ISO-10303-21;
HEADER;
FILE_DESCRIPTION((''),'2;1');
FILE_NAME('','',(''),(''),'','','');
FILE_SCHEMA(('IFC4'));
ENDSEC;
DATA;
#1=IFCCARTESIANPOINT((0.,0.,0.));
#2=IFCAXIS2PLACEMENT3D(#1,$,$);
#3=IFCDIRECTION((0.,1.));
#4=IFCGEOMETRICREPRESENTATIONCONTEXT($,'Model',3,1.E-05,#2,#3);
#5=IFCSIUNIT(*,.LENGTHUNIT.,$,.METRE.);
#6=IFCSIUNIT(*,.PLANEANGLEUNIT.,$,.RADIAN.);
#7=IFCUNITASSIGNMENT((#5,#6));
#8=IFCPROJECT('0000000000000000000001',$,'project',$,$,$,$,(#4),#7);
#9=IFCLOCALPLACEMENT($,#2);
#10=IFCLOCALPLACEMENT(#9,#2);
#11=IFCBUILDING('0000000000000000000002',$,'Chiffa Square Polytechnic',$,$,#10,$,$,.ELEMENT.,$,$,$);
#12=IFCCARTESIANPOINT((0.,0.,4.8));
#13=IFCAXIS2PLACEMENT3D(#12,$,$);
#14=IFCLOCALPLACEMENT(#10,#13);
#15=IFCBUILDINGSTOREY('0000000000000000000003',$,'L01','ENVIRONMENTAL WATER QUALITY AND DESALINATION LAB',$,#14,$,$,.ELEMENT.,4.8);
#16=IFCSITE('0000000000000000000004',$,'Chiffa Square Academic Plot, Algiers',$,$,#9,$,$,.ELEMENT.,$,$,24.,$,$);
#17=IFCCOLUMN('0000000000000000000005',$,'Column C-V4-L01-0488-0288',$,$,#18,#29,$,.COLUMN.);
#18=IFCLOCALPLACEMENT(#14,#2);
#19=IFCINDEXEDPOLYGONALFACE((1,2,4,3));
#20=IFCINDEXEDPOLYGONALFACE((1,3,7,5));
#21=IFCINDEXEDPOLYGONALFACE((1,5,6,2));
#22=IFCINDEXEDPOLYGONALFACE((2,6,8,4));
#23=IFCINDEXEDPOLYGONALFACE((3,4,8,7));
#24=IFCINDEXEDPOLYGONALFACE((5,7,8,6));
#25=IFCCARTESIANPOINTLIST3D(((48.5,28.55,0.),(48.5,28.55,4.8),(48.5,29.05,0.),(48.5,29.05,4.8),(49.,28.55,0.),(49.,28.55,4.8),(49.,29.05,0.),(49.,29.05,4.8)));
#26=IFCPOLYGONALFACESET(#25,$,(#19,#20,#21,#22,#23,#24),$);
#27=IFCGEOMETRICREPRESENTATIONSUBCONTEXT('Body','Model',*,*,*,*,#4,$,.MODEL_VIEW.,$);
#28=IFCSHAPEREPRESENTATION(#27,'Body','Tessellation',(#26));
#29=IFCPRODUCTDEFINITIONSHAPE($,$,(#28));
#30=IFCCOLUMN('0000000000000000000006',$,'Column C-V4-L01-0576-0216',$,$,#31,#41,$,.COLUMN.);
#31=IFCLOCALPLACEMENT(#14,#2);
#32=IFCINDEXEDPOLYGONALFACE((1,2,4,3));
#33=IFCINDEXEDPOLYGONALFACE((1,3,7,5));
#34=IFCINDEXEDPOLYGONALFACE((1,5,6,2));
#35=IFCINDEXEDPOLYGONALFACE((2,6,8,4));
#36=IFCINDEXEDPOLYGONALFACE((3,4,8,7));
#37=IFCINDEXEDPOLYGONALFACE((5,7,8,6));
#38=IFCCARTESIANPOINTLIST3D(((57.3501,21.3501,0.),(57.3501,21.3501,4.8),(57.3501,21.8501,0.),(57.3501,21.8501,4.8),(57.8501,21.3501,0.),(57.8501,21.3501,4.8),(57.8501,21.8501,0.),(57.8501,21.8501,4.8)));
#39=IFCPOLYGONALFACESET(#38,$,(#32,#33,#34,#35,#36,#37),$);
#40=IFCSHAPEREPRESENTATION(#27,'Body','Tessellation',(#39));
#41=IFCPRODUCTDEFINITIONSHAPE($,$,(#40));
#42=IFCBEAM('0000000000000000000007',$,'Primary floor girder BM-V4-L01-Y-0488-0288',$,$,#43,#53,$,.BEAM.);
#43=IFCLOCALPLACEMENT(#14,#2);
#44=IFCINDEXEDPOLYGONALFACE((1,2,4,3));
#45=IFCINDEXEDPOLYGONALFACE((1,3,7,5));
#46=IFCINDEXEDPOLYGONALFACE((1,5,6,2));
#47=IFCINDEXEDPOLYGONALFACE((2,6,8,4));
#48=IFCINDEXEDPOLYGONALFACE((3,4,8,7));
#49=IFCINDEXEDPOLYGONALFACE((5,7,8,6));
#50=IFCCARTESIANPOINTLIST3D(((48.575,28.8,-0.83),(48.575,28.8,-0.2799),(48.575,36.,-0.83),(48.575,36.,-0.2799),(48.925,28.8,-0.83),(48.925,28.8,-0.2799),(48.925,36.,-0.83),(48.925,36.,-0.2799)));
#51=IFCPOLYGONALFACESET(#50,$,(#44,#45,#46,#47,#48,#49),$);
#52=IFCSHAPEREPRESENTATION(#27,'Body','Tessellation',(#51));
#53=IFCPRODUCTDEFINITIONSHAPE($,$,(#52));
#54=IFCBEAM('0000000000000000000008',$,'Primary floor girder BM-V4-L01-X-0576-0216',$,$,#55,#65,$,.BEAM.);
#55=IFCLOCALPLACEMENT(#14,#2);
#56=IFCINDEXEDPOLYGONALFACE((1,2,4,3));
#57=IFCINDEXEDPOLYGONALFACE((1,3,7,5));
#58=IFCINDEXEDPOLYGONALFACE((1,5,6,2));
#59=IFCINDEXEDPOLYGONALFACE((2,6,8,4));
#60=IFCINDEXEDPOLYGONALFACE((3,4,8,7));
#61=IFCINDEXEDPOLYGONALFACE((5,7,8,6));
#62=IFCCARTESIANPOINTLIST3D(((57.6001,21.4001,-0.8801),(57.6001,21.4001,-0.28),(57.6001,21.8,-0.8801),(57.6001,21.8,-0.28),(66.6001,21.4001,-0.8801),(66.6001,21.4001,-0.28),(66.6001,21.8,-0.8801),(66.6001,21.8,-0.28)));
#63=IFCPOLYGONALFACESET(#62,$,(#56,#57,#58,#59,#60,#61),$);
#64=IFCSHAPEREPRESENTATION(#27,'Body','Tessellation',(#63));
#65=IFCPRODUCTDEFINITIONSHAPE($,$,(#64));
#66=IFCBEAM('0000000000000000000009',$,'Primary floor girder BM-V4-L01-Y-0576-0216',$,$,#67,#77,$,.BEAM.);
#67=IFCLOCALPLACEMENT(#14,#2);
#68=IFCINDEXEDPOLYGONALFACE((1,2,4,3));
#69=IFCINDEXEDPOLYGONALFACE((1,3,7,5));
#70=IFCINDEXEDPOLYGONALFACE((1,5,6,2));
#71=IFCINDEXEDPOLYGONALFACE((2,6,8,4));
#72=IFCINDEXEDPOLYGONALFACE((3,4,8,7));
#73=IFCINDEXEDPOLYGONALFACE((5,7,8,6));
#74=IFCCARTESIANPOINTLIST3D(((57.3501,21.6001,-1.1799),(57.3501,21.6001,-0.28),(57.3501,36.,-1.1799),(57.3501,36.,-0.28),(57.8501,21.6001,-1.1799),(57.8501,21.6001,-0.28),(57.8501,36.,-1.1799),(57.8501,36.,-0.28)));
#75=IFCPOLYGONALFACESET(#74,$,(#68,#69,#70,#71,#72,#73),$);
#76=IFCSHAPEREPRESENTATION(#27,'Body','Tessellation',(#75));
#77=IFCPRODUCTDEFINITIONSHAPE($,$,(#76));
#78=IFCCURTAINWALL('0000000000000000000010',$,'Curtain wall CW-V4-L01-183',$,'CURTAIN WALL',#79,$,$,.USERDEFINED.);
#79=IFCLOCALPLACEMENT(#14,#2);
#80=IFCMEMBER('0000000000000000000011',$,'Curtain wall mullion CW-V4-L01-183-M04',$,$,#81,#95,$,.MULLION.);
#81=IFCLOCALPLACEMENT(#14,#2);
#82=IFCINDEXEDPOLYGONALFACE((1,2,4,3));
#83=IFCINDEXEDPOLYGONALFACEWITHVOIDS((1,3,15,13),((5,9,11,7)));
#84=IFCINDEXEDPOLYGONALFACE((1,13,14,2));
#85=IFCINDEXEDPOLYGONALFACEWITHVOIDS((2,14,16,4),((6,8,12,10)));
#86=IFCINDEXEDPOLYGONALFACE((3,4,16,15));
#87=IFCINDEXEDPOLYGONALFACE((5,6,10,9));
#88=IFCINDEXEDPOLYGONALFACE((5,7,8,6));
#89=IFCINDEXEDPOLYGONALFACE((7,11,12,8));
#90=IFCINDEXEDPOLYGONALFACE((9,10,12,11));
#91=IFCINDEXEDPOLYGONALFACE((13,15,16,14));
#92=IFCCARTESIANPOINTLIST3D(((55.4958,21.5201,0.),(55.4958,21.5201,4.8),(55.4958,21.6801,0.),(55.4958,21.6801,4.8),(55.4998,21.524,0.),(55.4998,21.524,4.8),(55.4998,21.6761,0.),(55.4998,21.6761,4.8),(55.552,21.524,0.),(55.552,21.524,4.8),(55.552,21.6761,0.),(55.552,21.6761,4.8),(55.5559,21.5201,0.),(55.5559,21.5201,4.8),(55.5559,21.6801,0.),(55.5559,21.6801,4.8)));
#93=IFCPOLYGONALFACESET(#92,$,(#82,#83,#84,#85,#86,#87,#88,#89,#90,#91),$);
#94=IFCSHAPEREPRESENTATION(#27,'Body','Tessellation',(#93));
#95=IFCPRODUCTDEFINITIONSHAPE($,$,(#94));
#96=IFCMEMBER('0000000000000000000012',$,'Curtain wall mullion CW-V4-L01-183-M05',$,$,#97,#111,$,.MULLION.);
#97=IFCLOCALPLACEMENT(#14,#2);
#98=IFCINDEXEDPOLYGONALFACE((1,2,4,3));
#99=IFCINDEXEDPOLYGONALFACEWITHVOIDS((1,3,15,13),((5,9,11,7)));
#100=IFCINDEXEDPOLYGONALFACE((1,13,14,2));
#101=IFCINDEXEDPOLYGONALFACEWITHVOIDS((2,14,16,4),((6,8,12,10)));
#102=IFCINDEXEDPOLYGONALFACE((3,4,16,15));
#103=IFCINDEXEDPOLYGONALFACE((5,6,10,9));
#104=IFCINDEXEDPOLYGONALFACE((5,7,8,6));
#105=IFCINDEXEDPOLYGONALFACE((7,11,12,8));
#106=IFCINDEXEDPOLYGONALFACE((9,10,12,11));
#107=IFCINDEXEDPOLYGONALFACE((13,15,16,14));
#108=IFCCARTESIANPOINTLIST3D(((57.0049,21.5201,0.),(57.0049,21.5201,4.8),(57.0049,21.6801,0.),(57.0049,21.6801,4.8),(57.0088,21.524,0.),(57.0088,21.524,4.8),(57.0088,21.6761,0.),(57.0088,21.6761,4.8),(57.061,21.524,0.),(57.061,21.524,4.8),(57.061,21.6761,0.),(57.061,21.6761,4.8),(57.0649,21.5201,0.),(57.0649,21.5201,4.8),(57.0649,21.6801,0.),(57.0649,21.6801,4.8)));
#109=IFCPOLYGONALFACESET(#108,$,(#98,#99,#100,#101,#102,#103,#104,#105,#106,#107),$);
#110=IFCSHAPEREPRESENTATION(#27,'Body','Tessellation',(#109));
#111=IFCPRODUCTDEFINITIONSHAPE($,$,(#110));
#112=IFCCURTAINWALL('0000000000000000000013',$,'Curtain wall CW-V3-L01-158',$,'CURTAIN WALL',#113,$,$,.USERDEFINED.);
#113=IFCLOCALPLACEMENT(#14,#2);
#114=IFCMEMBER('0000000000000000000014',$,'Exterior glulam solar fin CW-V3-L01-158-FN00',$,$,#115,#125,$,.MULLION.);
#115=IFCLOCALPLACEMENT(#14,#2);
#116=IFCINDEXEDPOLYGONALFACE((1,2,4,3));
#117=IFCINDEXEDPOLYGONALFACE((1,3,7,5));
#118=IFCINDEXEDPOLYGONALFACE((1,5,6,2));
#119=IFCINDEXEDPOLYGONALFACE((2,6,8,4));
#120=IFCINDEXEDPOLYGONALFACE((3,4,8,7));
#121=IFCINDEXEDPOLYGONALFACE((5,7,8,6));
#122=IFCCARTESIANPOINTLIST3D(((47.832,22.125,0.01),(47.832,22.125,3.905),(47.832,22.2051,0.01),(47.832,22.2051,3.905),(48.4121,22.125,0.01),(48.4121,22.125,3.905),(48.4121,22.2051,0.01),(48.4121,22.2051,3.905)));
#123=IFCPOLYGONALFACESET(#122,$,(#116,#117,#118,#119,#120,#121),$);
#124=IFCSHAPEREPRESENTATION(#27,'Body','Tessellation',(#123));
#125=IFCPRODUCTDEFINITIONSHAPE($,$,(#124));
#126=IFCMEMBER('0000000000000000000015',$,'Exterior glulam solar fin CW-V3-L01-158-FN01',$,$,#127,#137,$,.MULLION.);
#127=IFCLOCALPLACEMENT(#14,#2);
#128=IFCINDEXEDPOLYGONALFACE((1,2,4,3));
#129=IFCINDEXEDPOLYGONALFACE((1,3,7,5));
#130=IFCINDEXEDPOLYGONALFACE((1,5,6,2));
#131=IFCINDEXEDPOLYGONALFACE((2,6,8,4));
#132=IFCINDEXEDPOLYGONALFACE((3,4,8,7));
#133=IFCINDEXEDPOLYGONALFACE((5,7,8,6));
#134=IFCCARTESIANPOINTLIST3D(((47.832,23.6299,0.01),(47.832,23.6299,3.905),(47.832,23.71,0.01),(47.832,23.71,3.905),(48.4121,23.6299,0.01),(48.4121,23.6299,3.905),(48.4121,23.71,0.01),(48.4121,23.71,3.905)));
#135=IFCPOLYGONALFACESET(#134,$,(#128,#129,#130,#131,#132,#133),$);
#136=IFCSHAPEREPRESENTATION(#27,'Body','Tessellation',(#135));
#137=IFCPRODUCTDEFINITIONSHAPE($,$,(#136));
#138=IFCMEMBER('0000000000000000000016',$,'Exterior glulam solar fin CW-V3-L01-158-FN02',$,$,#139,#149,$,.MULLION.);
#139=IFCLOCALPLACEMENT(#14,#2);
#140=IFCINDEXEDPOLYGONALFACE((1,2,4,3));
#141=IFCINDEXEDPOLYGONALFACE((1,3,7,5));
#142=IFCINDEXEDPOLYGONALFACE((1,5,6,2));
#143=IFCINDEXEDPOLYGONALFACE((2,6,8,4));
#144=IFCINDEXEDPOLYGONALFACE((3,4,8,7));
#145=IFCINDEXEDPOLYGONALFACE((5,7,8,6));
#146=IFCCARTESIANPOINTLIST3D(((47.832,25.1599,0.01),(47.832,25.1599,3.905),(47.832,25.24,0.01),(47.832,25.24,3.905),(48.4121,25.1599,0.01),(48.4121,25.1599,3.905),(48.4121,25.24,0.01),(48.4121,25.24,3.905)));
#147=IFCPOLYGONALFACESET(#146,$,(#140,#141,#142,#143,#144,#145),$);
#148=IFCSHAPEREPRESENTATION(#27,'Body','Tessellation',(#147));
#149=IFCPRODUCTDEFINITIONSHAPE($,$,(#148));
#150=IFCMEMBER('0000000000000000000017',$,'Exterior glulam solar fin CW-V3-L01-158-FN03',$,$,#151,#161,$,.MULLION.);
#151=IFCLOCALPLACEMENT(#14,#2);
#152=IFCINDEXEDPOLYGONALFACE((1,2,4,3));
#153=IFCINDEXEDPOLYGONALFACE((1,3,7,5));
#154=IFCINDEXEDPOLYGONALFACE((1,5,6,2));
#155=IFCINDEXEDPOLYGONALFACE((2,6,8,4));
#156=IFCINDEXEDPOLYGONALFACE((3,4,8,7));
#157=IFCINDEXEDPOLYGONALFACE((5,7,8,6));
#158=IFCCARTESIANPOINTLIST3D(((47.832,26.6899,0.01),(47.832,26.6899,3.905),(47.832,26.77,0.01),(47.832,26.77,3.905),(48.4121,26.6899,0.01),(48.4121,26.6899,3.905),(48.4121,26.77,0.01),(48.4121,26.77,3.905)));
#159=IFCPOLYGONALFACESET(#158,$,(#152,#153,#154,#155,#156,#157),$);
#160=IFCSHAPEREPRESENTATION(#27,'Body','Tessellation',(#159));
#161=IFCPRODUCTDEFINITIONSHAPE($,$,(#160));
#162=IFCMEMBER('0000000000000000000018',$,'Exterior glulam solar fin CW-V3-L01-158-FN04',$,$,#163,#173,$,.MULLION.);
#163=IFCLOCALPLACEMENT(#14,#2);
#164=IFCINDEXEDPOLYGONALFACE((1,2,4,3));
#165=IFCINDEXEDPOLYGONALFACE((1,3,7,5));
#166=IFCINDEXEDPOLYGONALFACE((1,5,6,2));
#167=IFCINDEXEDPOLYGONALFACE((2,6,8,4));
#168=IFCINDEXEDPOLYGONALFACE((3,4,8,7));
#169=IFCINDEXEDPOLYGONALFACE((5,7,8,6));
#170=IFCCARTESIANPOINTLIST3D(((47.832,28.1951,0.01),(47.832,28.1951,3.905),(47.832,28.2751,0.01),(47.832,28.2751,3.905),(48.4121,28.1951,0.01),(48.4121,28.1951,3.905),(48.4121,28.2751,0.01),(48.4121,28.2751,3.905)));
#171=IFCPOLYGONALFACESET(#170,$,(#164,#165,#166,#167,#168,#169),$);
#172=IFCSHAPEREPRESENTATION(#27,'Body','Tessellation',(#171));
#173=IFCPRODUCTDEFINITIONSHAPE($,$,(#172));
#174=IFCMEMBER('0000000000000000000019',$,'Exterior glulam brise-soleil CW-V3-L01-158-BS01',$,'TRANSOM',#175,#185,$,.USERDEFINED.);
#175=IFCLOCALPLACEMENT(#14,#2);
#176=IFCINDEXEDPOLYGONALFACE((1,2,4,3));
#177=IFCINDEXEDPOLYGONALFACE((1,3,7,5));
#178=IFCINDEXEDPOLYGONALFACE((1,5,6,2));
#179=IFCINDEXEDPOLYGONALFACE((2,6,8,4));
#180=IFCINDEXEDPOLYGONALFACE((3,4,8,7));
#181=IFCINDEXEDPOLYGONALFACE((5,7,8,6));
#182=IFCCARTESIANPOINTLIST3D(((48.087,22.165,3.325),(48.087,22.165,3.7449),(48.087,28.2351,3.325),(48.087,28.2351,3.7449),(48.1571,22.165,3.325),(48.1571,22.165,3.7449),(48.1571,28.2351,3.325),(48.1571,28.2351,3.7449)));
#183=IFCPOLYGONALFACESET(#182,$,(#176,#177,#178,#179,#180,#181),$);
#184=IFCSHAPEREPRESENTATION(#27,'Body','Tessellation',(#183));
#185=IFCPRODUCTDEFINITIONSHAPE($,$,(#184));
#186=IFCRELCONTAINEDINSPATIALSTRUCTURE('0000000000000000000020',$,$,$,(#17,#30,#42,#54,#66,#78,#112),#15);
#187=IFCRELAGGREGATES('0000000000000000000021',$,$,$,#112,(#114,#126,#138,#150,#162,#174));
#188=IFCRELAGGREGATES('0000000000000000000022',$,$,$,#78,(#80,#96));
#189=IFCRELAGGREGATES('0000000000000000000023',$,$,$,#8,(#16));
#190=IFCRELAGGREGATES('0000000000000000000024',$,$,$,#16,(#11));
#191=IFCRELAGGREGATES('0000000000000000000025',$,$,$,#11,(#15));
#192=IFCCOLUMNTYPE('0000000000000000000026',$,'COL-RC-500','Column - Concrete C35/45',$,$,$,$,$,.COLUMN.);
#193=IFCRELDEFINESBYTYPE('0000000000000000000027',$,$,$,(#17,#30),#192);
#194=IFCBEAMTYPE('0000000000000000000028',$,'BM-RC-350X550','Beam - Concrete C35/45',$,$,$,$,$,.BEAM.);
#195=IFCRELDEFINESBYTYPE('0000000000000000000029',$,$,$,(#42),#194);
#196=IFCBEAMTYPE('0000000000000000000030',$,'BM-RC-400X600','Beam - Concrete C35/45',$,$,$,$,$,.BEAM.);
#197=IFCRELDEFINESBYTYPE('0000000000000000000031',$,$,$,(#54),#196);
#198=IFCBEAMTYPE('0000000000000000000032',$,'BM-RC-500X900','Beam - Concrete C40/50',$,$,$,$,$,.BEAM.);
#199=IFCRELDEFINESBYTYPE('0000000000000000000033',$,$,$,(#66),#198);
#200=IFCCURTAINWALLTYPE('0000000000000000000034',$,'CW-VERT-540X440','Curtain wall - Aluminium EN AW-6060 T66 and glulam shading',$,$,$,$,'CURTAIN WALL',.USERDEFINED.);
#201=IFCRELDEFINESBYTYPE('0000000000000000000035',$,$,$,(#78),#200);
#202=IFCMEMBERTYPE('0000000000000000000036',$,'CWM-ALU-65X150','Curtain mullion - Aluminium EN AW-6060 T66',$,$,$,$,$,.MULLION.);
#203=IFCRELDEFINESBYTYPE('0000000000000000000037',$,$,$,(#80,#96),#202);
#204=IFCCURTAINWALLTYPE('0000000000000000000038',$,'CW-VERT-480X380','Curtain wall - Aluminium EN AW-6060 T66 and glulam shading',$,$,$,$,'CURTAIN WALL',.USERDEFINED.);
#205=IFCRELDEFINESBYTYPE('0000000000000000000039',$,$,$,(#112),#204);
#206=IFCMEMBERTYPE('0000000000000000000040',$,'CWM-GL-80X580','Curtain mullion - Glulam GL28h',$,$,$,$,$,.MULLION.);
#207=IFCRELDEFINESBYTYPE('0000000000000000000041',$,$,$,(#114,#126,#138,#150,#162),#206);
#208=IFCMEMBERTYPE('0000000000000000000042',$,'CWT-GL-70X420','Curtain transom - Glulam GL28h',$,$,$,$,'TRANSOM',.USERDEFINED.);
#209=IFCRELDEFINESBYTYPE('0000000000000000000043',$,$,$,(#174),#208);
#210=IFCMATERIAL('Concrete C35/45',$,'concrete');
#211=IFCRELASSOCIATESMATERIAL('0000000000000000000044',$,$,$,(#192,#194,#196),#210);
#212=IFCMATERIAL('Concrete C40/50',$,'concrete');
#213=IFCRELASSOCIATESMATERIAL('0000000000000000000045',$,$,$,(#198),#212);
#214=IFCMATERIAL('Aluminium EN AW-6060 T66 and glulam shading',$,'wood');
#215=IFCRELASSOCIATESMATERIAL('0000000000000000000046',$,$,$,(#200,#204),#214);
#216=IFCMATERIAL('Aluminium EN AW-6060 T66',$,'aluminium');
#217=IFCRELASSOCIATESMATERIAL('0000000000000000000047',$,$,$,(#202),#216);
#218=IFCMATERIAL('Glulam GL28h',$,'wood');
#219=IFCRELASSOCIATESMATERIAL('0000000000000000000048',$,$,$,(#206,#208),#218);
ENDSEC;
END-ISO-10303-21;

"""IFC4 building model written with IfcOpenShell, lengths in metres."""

from ifc_helpers import new_model, si_unit, direction, frame, origin, origin_2d, place, context, subcontext, project, spatial, rectangle, hollow_rectangle, extrude, material, material_profile, profile_set, type_object, element, aggregate, save


model = new_model("IFC4")

# Units and contexts
model_context = context("Model", 3, precision=1e-05, world=origin(), true_north=direction((0.0, 1.0)))
body_context = subcontext(model_context, "Body", "Model", "MODEL_VIEW")
ifc_project = project(units=[si_unit("LENGTHUNIT", "METRE"), si_unit("PLANEANGLEUNIT", "RADIAN")], contexts=[model_context])

# Site, building, storey
site_placement = place(None, origin())
site = spatial("IfcSite", under=ifc_project, at=site_placement, Name="Chiffa Square Academic Plot, Algiers", CompositionType="ELEMENT", RefElevation=24.0)
building_placement = place(site_placement, origin())
building = spatial("IfcBuilding", under=site, at=building_placement, Name="Chiffa Square Polytechnic", CompositionType="ELEMENT")
storey_placement = place(building_placement, frame((0.0, 0.0, 4.8)))
storey = spatial("IfcBuildingStorey", under=building, at=storey_placement, Name="L01", Description="ENVIRONMENTAL WATER QUALITY AND DESALINATION LAB", CompositionType="ELEMENT", Elevation=4.8)

# Columns
ifc_material_1 = material(Name="Concrete C35/45", Category="concrete")
ifc_material_profile_1 = material_profile(ifc_material_1, rectangle(XDim=0.5, YDim=0.5, at=origin_2d()), Name="RC 500x500")
ifc_profile_set_1 = profile_set([ifc_material_profile_1], Name="Concrete C35/45")
column_type = type_object("IfcColumnType", Name="COL-RC-500", Description="Column - Concrete C35/45", PredefinedType="COLUMN", material=ifc_profile_set_1)
for number, where, z_axis, x_axis, name in (
    (1, (48.75, 28.8, 0.0), (0.0, 0.0, 1.0), (1.0, 0.0, 0.0), "Column C-V4-L01-0488-0288"),
    (2, (57.6001, 21.6001, 0.0), (0.0, 0.0, 1.0), (1.0, 0.0, 0.0), "Column C-V4-L01-0576-0216"),
):
    element("IfcColumn", number, at=place(storey_placement, frame(where, z_axis=z_axis, x_axis=x_axis)), inside=storey, type_object=column_type, Name=name, PredefinedType="COLUMN", context=body_context, shape_type="SweptSolid", body=[
        extrude(rectangle(XDim=0.5, YDim=0.5, at=origin_2d()), origin(), (0.0, 0.0, 1.0), 4.8),
    ])

# Beams
ifc_material_profile_2 = material_profile(ifc_material_1, rectangle(XDim=0.3501, YDim=0.55, at=origin_2d()), Name="RC 350x550")
ifc_profile_set_2 = profile_set([ifc_material_profile_2], Name="Concrete C35/45")
beam_type_1 = type_object("IfcBeamType", Name="BM-RC-350X550", Description="Beam - Concrete C35/45", PredefinedType="BEAM", material=ifc_profile_set_2)
beam_1_placement = place(storey_placement, frame((48.75, 28.8, -0.5549), z_axis=(0.0, 1.0, 0.0), x_axis=(-1.0, 0.0, 0.0)))
element("IfcBeam", 3, at=beam_1_placement, inside=storey, type_object=beam_type_1, Name="Primary floor girder BM-V4-L01-Y-0488-0288", PredefinedType="BEAM", context=body_context, shape_type="SweptSolid", body=[
    extrude(rectangle(XDim=0.3501, YDim=0.55, at=origin_2d()), origin(), (0.0, 0.0, 1.0), 7.2),
])
ifc_material_profile_3 = material_profile(ifc_material_1, rectangle(XDim=0.3999, YDim=0.6001, at=origin_2d()), Name="RC 400x600")
ifc_profile_set_3 = profile_set([ifc_material_profile_3], Name="Concrete C35/45")
beam_type_2 = type_object("IfcBeamType", Name="BM-RC-400X600", Description="Beam - Concrete C35/45", PredefinedType="BEAM", material=ifc_profile_set_3)
beam_2_placement = place(storey_placement, frame((57.6001, 21.6001, -0.5801), z_axis=(1.0, 0.0, 0.0), x_axis=(0.0, 1.0, 0.0)))
element("IfcBeam", 4, at=beam_2_placement, inside=storey, type_object=beam_type_2, Name="Primary floor girder BM-V4-L01-X-0576-0216", PredefinedType="BEAM", context=body_context, shape_type="SweptSolid", body=[
    extrude(rectangle(XDim=0.3999, YDim=0.6001, at=origin_2d()), origin(), (0.0, 0.0, 1.0), 9.0),
])
ifc_material_2 = material(Name="Concrete C40/50", Category="concrete")
ifc_material_profile_4 = material_profile(ifc_material_2, rectangle(XDim=0.5, YDim=0.8999, at=origin_2d()), Name="RC 500x900")
ifc_profile_set_4 = profile_set([ifc_material_profile_4], Name="Concrete C40/50")
beam_type_3 = type_object("IfcBeamType", Name="BM-RC-500X900", Description="Beam - Concrete C40/50", PredefinedType="BEAM", material=ifc_profile_set_4)
beam_3_placement = place(storey_placement, frame((57.6001, 21.6001, -0.73), z_axis=(0.0, 1.0, 0.0), x_axis=(-1.0, 0.0, 0.0)))
element("IfcBeam", 5, at=beam_3_placement, inside=storey, type_object=beam_type_3, Name="Primary floor girder BM-V4-L01-Y-0576-0216", PredefinedType="BEAM", context=body_context, shape_type="SweptSolid", body=[
    extrude(rectangle(XDim=0.5, YDim=0.8999, at=origin_2d()), origin(), (0.0, 0.0, 1.0), 14.3999),
])

# Curtain walls, members
ifc_material_3 = material(Name="Aluminium EN AW-6060 T66 and glulam shading", Category="wood")
curtain_wall_type_1 = type_object("IfcCurtainWallType", Name="CW-VERT-540X440", Description="Curtain wall - Aluminium EN AW-6060 T66 and glulam shading", ElementType="CURTAIN WALL", PredefinedType="USERDEFINED", material=ifc_material_3)
curtain_wall_1_placement = place(storey_placement, origin())
curtain_wall_1 = element("IfcCurtainWall", 6, at=curtain_wall_1_placement, inside=storey, type_object=curtain_wall_type_1, Name="Curtain wall CW-V4-L01-183", ObjectType="CURTAIN WALL", PredefinedType="USERDEFINED")
ifc_material_4 = material(Name="Aluminium EN AW-6060 T66", Category="aluminium")
ifc_material_profile_5 = material_profile(ifc_material_4, hollow_rectangle(XDim=0.0601, YDim=0.1599, WallThickness=0.0039, at=origin_2d()), Name="ALU 60x160x4")
ifc_profile_set_5 = profile_set([ifc_material_profile_5], Name="Aluminium EN AW-6060 T66")
member_type_1 = type_object("IfcMemberType", Name="CWM-ALU-65X150", Description="Curtain mullion - Aluminium EN AW-6060 T66", PredefinedType="MULLION", material=ifc_profile_set_5)
member_1_placement = place(storey_placement, frame((55.5259, 21.6001, 0.0), z_axis=(0.0, 0.0, 1.0), x_axis=(1.0, 0.0, 0.0)))
member_1 = element("IfcMember", 7, at=member_1_placement, type_object=member_type_1, Name="Curtain wall mullion CW-V4-L01-183-M04", PredefinedType="MULLION", context=body_context, shape_type="SweptSolid", body=[
    extrude(hollow_rectangle(XDim=0.0601, YDim=0.1599, WallThickness=0.0039, at=origin_2d()), origin(), (0.0, 0.0, 1.0), 4.8),
])
member_2_placement = place(storey_placement, frame((57.0349, 21.6001, 0.0), z_axis=(0.0, 0.0, 1.0), x_axis=(1.0, 0.0, 0.0)))
member_2 = element("IfcMember", 8, at=member_2_placement, type_object=member_type_1, Name="Curtain wall mullion CW-V4-L01-183-M05", PredefinedType="MULLION", context=body_context, shape_type="SweptSolid", body=[
    extrude(hollow_rectangle(XDim=0.0601, YDim=0.1599, WallThickness=0.0039, at=origin_2d()), origin(), (0.0, 0.0, 1.0), 4.8),
])
curtain_wall_type_2 = type_object("IfcCurtainWallType", Name="CW-VERT-480X380", Description="Curtain wall - Aluminium EN AW-6060 T66 and glulam shading", ElementType="CURTAIN WALL", PredefinedType="USERDEFINED", material=ifc_material_3)
curtain_wall_2_placement = place(storey_placement, origin())
curtain_wall_2 = element("IfcCurtainWall", 9, at=curtain_wall_2_placement, inside=storey, type_object=curtain_wall_type_2, Name="Curtain wall CW-V3-L01-158", ObjectType="CURTAIN WALL", PredefinedType="USERDEFINED")
ifc_material_5 = material(Name="Glulam GL28h", Category="wood")
ifc_material_profile_6 = material_profile(ifc_material_5, rectangle(XDim=0.0801, YDim=0.5801, at=origin_2d()), Name="GL28h 80x580")
ifc_profile_set_6 = profile_set([ifc_material_profile_6], Name="Glulam GL28h")
member_type_2 = type_object("IfcMemberType", Name="CWM-GL-80X580", Description="Curtain mullion - Glulam GL28h", PredefinedType="MULLION", material=ifc_profile_set_6)
member_3_placement = place(storey_placement, frame((48.1221, 22.165, 0.01), z_axis=(0.0, 0.0, 1.0), x_axis=(0.0, 1.0, 0.0)))
member_3 = element("IfcMember", 10, at=member_3_placement, type_object=member_type_2, Name="Exterior glulam solar fin CW-V3-L01-158-FN00", PredefinedType="MULLION", context=body_context, shape_type="SweptSolid", body=[
    extrude(rectangle(XDim=0.0801, YDim=0.5801, at=origin_2d()), origin(), (0.0, 0.0, 1.0), 3.895),
])
member_4_placement = place(storey_placement, frame((48.1221, 23.6699, 0.01), z_axis=(0.0, 0.0, 1.0), x_axis=(0.0, 1.0, 0.0)))
member_4 = element("IfcMember", 11, at=member_4_placement, type_object=member_type_2, Name="Exterior glulam solar fin CW-V3-L01-158-FN01", PredefinedType="MULLION", context=body_context, shape_type="SweptSolid", body=[
    extrude(rectangle(XDim=0.0801, YDim=0.5801, at=origin_2d()), origin(), (0.0, 0.0, 1.0), 3.895),
])
member_5_placement = place(storey_placement, frame((48.1221, 25.2, 0.01), z_axis=(0.0, 0.0, 1.0), x_axis=(0.0, 1.0, 0.0)))
member_5 = element("IfcMember", 12, at=member_5_placement, type_object=member_type_2, Name="Exterior glulam solar fin CW-V3-L01-158-FN02", PredefinedType="MULLION", context=body_context, shape_type="SweptSolid", body=[
    extrude(rectangle(XDim=0.0801, YDim=0.5801, at=origin_2d()), origin(), (0.0, 0.0, 1.0), 3.895),
])
member_6_placement = place(storey_placement, frame((48.1221, 26.73, 0.01), z_axis=(0.0, 0.0, 1.0), x_axis=(0.0, 1.0, 0.0)))
member_6 = element("IfcMember", 13, at=member_6_placement, type_object=member_type_2, Name="Exterior glulam solar fin CW-V3-L01-158-FN03", PredefinedType="MULLION", context=body_context, shape_type="SweptSolid", body=[
    extrude(rectangle(XDim=0.0801, YDim=0.5801, at=origin_2d()), origin(), (0.0, 0.0, 1.0), 3.895),
])
member_7_placement = place(storey_placement, frame((48.1221, 28.2351, 0.01), z_axis=(0.0, 0.0, 1.0), x_axis=(0.0, 1.0, 0.0)))
member_7 = element("IfcMember", 14, at=member_7_placement, type_object=member_type_2, Name="Exterior glulam solar fin CW-V3-L01-158-FN04", PredefinedType="MULLION", context=body_context, shape_type="SweptSolid", body=[
    extrude(rectangle(XDim=0.0801, YDim=0.5801, at=origin_2d()), origin(), (0.0, 0.0, 1.0), 3.895),
])
ifc_material_profile_7 = material_profile(ifc_material_5, rectangle(XDim=0.0701, YDim=0.4199, at=origin_2d()), Name="GL28h 70x420")
ifc_profile_set_7 = profile_set([ifc_material_profile_7], Name="Glulam GL28h")
member_type_3 = type_object("IfcMemberType", Name="CWT-GL-70X420", Description="Curtain transom - Glulam GL28h", ElementType="TRANSOM", PredefinedType="USERDEFINED", material=ifc_profile_set_7)
member_8_placement = place(storey_placement, frame((48.1221, 22.165, 3.5349), z_axis=(0.0, 1.0, 0.0), x_axis=(-1.0, 0.0, 0.0)))
member_8 = element("IfcMember", 15, at=member_8_placement, type_object=member_type_3, Name="Exterior glulam brise-soleil CW-V3-L01-158-BS01", ObjectType="TRANSOM", PredefinedType="USERDEFINED", context=body_context, shape_type="SweptSolid", body=[
    extrude(rectangle(XDim=0.0701, YDim=0.4199, at=origin_2d()), origin(), (0.0, 0.0, 1.0), 6.0701),
])
aggregate(curtain_wall_2, [member_3, member_4, member_5, member_6, member_7, member_8])

aggregate(curtain_wall_1, [member_1, member_2])

save(model, "model.ifc")
